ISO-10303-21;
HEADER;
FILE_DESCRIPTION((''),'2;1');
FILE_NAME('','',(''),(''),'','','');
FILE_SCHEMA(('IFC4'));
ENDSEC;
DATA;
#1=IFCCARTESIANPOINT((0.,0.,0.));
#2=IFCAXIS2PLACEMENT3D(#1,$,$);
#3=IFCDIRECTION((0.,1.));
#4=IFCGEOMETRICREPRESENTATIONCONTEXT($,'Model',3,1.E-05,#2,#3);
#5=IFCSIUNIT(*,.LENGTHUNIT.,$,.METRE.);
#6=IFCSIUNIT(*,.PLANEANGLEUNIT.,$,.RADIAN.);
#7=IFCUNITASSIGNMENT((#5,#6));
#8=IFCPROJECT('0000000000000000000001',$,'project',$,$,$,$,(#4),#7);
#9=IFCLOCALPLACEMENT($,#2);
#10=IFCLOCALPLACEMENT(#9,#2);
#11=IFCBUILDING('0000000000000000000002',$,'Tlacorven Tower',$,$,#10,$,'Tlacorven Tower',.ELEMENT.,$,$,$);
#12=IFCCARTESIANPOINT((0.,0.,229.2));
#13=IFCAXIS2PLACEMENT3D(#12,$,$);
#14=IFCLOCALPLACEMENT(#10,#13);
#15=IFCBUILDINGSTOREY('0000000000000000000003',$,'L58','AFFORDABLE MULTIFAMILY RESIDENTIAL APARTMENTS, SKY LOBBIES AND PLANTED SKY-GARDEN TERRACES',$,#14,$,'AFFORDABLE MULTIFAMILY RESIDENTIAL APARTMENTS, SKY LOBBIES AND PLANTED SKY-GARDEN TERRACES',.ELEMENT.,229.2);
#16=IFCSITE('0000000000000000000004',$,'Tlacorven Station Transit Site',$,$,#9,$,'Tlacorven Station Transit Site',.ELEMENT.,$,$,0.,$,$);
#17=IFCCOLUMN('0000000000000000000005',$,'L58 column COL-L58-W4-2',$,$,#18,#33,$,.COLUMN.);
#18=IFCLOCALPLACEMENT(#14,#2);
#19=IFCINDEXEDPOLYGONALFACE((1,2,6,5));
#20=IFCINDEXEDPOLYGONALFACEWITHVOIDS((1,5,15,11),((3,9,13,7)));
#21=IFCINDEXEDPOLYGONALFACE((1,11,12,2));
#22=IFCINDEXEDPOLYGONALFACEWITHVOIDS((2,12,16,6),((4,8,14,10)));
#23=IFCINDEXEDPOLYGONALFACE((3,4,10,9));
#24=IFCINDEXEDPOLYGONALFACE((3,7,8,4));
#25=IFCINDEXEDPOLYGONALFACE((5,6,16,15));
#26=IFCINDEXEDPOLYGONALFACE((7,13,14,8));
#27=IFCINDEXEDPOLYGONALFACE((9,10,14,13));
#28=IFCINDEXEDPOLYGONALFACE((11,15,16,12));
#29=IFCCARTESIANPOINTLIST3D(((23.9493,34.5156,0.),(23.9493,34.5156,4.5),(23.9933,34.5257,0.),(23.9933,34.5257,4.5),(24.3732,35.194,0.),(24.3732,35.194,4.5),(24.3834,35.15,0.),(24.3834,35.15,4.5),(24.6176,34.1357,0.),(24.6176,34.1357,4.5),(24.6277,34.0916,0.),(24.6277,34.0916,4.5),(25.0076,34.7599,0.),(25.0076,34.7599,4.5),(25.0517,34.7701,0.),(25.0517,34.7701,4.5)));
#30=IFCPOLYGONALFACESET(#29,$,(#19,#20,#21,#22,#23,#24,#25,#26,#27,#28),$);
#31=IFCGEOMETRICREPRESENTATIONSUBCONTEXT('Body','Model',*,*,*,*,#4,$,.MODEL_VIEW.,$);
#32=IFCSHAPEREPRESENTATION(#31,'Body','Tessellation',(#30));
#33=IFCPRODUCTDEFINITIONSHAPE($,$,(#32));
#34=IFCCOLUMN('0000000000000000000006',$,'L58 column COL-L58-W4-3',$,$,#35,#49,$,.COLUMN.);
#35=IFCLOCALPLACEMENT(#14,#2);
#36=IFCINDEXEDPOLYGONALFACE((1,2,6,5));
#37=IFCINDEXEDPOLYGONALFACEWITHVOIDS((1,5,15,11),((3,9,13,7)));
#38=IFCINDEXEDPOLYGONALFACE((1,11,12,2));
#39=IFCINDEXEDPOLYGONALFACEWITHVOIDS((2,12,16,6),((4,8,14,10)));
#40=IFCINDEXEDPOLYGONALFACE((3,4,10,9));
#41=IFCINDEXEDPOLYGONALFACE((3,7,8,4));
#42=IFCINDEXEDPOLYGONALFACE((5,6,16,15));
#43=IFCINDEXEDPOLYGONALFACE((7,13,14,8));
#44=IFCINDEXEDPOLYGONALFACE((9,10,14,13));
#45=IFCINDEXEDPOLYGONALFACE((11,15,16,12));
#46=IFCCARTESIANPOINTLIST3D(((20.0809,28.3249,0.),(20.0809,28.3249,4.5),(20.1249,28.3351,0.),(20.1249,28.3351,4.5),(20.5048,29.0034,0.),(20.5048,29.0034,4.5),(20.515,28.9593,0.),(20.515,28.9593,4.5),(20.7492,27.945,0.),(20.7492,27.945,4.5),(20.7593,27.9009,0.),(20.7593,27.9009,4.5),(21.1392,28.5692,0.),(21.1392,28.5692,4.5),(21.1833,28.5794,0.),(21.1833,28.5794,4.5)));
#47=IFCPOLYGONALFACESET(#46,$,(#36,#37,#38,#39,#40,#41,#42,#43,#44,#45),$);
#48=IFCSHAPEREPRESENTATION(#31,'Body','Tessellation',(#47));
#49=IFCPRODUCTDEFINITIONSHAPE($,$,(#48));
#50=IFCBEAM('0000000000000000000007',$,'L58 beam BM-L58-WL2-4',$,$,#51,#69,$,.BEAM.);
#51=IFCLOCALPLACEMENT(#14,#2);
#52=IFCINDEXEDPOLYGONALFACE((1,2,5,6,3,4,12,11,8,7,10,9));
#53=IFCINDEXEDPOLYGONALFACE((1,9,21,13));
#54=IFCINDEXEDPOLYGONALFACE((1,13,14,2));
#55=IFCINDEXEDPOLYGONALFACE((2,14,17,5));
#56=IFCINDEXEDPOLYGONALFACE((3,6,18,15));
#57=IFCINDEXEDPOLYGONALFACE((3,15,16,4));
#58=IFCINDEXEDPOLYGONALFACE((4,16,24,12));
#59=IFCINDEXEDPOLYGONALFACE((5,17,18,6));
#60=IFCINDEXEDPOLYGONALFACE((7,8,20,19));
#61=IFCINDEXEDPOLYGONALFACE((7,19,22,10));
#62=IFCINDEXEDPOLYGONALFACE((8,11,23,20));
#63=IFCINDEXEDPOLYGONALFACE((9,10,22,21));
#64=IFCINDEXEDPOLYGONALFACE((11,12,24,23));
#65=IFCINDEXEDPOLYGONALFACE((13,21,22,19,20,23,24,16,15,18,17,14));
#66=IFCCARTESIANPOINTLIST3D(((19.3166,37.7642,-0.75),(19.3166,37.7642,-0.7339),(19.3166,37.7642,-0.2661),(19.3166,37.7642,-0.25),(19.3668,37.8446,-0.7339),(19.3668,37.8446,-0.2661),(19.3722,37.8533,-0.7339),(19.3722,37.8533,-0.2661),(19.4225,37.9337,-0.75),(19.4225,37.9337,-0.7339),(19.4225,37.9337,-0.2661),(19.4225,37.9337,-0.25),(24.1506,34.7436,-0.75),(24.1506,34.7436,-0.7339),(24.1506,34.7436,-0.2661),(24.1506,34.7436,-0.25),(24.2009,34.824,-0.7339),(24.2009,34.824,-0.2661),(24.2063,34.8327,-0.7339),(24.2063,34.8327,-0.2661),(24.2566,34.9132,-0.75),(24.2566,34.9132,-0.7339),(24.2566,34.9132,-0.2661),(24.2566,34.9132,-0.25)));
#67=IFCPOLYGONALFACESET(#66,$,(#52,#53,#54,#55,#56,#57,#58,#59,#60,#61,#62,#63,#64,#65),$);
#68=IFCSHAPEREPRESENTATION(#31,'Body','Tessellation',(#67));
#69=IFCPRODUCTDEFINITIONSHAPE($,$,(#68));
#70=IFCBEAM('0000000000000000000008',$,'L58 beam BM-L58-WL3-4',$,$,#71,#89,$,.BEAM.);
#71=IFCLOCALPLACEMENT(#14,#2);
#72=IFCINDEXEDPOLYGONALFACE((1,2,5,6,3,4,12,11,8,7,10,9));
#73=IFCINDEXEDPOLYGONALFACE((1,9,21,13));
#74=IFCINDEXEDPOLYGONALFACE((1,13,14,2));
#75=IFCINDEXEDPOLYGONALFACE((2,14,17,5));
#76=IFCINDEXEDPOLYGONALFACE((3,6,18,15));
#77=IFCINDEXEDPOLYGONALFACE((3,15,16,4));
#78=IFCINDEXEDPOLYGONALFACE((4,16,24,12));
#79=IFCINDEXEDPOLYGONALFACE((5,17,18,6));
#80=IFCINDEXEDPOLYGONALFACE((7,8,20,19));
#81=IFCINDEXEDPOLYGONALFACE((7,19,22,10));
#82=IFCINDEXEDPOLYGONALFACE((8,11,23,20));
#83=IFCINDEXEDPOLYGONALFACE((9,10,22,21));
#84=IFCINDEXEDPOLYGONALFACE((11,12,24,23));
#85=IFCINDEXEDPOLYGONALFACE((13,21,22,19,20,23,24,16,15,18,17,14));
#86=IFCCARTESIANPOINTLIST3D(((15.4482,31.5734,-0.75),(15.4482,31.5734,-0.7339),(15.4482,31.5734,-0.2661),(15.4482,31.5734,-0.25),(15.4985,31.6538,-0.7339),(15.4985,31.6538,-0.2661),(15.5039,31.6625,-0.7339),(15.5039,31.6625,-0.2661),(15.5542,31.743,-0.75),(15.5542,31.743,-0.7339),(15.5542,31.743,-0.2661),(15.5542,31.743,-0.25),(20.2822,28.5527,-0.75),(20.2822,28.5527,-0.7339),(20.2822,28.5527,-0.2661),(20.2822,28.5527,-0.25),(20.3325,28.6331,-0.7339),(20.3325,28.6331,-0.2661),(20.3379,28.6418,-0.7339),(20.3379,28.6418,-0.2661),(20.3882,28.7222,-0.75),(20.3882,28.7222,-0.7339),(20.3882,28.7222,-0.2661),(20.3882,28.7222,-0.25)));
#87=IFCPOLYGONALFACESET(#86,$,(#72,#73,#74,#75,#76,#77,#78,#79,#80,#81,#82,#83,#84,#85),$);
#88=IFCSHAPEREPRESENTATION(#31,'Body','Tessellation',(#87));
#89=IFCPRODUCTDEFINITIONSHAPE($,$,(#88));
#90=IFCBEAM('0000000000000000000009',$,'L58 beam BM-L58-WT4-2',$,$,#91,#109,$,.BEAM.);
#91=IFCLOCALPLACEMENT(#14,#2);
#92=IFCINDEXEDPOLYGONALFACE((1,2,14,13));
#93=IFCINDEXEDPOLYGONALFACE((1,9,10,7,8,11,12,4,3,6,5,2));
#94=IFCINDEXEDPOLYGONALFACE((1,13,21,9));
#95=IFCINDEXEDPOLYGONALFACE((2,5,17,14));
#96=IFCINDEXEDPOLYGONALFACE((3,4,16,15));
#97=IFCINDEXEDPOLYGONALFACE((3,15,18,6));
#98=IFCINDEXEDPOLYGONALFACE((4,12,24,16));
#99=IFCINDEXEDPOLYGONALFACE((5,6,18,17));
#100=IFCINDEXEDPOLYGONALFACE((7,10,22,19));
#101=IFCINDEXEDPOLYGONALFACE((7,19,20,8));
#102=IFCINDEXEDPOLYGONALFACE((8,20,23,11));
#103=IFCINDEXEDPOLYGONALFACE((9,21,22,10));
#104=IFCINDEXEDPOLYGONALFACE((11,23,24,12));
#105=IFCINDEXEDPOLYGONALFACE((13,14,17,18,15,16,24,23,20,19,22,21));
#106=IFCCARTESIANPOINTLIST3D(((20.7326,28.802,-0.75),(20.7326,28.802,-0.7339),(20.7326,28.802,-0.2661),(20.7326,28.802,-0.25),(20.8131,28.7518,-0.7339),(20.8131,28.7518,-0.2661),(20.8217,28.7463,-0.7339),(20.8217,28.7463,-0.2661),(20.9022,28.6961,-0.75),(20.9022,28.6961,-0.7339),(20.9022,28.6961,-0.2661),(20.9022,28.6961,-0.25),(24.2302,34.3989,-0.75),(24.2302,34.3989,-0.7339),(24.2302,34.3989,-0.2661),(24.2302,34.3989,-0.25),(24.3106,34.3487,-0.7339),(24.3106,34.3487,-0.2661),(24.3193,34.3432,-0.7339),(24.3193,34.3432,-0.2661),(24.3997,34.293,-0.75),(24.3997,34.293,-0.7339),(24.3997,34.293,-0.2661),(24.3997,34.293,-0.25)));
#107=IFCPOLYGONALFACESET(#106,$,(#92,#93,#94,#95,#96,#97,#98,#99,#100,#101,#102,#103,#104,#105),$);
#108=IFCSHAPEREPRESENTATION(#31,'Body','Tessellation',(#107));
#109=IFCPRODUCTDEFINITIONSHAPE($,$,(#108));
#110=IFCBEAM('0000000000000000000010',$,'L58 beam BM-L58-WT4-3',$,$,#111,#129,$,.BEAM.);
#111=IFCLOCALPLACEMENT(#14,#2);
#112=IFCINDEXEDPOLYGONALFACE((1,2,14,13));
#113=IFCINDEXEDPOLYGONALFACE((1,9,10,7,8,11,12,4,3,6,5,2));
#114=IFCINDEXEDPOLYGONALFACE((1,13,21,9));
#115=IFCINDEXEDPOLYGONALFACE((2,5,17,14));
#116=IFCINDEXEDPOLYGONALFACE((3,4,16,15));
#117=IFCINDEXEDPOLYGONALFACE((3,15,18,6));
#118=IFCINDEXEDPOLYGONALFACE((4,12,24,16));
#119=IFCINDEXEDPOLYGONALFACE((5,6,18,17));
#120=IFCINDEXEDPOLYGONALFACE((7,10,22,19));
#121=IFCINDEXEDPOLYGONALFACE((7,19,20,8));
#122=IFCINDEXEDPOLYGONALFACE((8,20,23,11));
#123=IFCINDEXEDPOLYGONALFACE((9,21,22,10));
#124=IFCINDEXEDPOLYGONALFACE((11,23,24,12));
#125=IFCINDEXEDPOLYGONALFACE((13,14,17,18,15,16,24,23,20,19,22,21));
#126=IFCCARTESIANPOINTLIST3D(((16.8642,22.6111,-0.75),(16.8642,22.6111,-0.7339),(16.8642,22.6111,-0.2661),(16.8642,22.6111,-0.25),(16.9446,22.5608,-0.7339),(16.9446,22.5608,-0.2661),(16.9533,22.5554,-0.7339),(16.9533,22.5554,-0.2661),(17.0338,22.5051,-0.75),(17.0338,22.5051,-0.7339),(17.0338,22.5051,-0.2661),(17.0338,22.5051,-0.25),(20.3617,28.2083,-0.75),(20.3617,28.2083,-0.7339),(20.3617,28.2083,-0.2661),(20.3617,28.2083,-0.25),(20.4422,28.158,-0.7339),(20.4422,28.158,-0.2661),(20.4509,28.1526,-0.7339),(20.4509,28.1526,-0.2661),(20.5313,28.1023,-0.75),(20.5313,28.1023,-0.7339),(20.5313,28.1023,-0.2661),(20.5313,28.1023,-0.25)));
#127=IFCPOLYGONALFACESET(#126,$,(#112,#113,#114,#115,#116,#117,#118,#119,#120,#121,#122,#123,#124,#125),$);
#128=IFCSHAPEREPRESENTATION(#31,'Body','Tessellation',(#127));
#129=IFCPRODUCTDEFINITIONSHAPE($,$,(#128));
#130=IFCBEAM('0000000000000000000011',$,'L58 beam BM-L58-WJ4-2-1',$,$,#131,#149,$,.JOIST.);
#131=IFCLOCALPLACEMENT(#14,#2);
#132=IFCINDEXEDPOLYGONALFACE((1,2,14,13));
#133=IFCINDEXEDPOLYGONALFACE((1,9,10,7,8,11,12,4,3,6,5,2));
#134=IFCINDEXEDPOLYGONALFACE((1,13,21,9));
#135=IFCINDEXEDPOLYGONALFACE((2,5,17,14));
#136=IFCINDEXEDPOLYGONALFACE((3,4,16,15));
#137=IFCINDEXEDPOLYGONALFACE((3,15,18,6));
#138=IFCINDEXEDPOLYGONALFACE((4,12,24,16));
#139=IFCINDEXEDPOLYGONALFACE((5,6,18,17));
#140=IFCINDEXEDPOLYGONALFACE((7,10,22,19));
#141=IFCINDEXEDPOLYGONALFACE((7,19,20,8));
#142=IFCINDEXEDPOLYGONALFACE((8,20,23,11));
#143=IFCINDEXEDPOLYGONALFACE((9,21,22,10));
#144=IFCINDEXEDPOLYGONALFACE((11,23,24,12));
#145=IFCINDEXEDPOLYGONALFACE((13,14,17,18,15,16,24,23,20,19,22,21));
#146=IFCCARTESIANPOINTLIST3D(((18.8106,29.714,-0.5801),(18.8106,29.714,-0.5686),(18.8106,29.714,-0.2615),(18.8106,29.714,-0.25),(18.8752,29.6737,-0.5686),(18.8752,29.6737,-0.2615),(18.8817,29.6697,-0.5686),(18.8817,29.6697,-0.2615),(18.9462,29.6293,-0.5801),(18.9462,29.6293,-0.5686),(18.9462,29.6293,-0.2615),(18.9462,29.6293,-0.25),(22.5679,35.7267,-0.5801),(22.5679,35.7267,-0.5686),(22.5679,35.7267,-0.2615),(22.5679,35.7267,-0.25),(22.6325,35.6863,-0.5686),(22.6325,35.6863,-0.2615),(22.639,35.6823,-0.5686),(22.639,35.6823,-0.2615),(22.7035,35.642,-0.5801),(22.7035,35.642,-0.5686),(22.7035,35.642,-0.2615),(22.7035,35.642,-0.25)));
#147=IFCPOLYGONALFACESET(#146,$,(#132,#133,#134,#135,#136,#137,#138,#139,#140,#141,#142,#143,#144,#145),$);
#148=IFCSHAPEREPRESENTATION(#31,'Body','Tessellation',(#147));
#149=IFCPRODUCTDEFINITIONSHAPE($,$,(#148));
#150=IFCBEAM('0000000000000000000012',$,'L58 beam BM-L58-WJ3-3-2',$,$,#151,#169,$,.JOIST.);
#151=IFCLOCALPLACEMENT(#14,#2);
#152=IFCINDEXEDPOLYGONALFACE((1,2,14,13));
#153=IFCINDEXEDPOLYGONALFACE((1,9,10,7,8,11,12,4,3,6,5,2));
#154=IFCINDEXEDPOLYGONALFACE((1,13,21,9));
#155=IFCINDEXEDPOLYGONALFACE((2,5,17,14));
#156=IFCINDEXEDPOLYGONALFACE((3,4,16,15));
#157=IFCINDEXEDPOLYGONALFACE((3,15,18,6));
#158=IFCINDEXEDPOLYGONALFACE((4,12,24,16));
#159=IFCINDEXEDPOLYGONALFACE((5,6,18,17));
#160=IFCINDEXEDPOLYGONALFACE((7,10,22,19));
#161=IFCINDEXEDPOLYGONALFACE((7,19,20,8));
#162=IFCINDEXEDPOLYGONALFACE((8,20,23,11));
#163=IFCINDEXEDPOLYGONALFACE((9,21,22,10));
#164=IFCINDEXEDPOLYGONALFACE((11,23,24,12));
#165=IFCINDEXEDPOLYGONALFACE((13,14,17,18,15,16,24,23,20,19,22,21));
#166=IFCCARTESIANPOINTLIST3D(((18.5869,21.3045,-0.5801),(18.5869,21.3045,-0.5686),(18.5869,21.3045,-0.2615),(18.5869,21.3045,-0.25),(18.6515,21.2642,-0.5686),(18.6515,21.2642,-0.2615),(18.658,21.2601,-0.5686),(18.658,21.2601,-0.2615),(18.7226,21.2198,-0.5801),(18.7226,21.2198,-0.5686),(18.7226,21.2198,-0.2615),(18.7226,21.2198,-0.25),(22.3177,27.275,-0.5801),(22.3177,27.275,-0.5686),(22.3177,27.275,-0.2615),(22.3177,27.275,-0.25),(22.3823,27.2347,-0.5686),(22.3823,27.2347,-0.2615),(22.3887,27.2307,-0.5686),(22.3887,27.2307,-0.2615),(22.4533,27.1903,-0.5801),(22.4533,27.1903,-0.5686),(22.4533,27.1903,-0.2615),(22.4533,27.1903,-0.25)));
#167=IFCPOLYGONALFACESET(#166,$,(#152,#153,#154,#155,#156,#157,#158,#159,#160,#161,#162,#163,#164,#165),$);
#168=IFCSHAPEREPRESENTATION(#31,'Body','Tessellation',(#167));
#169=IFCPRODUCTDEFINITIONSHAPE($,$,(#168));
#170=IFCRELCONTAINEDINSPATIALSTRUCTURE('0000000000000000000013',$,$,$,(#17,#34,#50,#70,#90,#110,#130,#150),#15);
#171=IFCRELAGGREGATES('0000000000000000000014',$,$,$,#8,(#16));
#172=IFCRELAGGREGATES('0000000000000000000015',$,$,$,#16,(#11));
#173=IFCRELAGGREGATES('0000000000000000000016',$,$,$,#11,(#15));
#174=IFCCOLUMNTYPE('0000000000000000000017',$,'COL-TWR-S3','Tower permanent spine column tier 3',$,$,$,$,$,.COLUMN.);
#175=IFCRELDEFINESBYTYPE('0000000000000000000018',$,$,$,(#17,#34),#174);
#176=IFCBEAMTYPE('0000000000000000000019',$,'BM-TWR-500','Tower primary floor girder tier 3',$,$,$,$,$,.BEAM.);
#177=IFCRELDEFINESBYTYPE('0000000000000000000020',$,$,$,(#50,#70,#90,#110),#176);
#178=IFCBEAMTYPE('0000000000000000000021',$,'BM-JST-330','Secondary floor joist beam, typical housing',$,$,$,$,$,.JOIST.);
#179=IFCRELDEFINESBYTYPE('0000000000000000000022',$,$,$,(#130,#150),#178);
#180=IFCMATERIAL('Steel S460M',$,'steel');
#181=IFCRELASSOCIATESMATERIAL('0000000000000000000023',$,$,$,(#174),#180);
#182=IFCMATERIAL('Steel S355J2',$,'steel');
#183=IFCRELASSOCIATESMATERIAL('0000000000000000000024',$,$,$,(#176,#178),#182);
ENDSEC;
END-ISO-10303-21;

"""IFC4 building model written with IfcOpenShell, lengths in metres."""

from ifc_helpers import new_model, si_unit, direction, frame, origin, origin_2d, place, context, subcontext, project, spatial, hollow_rectangle, i_section, extrude, source, transform, mapped, material, material_profile, profile_set, type_object, element, save


model = new_model("IFC4")

# Units and contexts
model_context = context("Model", 3, precision=1e-05, world=origin(), true_north=direction((0.0, 1.0)))
body_context = subcontext(model_context, "Body", "Model", "MODEL_VIEW")
ifc_project = project(units=[si_unit("LENGTHUNIT", "METRE"), si_unit("PLANEANGLEUNIT", "RADIAN")], contexts=[model_context])

# Site, building, storey
site_placement = place(None, origin())
site = spatial("IfcSite", under=ifc_project, at=site_placement, Name="Tlacorven Station Transit Site", LongName="Tlacorven Station Transit Site", CompositionType="ELEMENT", RefElevation=0.0)
building_placement = place(site_placement, origin())
building = spatial("IfcBuilding", under=site, at=building_placement, Name="Tlacorven Tower", LongName="Tlacorven Tower", CompositionType="ELEMENT")
storey_placement = place(building_placement, frame((0.0, 0.0, 229.2)))
storey = spatial("IfcBuildingStorey", under=building, at=storey_placement, Name="L58", Description="AFFORDABLE MULTIFAMILY RESIDENTIAL APARTMENTS, SKY LOBBIES AND PLANTED SKY-GARDEN TERRACES", LongName="AFFORDABLE MULTIFAMILY RESIDENTIAL APARTMENTS, SKY LOBBIES AND PLANTED SKY-GARDEN TERRACES", CompositionType="ELEMENT", Elevation=229.2)

# Columns
ifc_material_1 = material(Name="Steel S460M", Category="steel")
ifc_material_profile_1 = material_profile(ifc_material_1, hollow_rectangle(XDim=0.8, YDim=0.8, WallThickness=0.032, at=origin_2d()), Name="BOX 800X800X32")
ifc_profile_set_1 = profile_set([ifc_material_profile_1], Name="Steel S460M")
column_type = type_object("IfcColumnType", Name="COL-TWR-S3", Description="Tower permanent spine column tier 3", PredefinedType="COLUMN", material=ifc_profile_set_1)
shared_shape_1 = source(origin(), body_context, "Body", "SweptSolid", [
    extrude(hollow_rectangle(XDim=0.8, YDim=0.8, WallThickness=0.032, at=origin_2d()), origin(), (0.0, 0.0, 1.0), 4.5),
])
for number, where, z_axis, x_axis, name in (
    (1, (24.5005, 34.6428, 0.0), (0.0, 0.0, 1.0), (-0.848048, 0.529919, 0.0), "L58 column COL-L58-W4-2"),
    (2, (20.6321, 28.4521, 0.0), (0.0, 0.0, 1.0), (-0.848048, 0.529919, 0.0), "L58 column COL-L58-W4-3"),
):
    element("IfcColumn", number, at=place(storey_placement, frame(where, z_axis=z_axis, x_axis=x_axis)), inside=storey, type_object=column_type, Name=name, PredefinedType="COLUMN", context=body_context, shape_type="MappedRepresentation", body=[
        mapped(shared_shape_1, transform((0.0, 0.0, 0.0), scale=1.0)),
    ])

# Beams
ifc_material_2 = material(Name="Steel S355J2", Category="steel")
ifc_material_profile_2 = material_profile(ifc_material_2, i_section(OverallWidth=0.2, OverallDepth=0.5, WebThickness=0.0103, FlangeThickness=0.0161, at=origin_2d()), Name="IPE 500")
ifc_profile_set_2 = profile_set([ifc_material_profile_2], Name="Steel S355J2")
beam_type_1 = type_object("IfcBeamType", Name="BM-TWR-500", Description="Tower primary floor girder tier 3", PredefinedType="BEAM", material=ifc_profile_set_2)
shared_shape_2 = source(origin(), body_context, "Body", "SweptSolid", [
    extrude(i_section(OverallWidth=0.2, OverallDepth=0.5, WebThickness=0.0103, FlangeThickness=0.0161, at=origin_2d()), origin(), (0.0, 0.0, 1.0), 5.7002),
])
for number, where, z_axis, x_axis, name in (
    (3, (24.2036, 34.8284, -0.5), (-0.848056, 0.529907, 0.0), (-0.529907, -0.848056, 0.0), "L58 beam BM-L58-WL2-4"),
    (4, (20.3352, 28.6375, -0.5), (-0.848037, 0.529937, 0.0), (-0.529937, -0.848037, 0.0), "L58 beam BM-L58-WL3-4"),
):
    element("IfcBeam", number, at=place(storey_placement, frame(where, z_axis=z_axis, x_axis=x_axis)), inside=storey, type_object=beam_type_1, Name=name, PredefinedType="BEAM", context=body_context, shape_type="MappedRepresentation", body=[
        mapped(shared_shape_2, transform((0.0, 0.0, 0.0), scale=1.0)),
    ])
shared_shape_3 = source(origin(), body_context, "Body", "SweptSolid", [
    extrude(i_section(OverallWidth=0.2, OverallDepth=0.5, WebThickness=0.0103, FlangeThickness=0.0161, at=origin_2d()), origin(), (0.0, 0.0, 1.0), 6.5999),
])
beam_1_placement = place(storey_placement, frame((24.3149, 34.3459, -0.5), z_axis=(-0.529942, -0.848034, 0.0), x_axis=(0.848034, -0.529942, 0.0)))
element("IfcBeam", 5, at=beam_1_placement, inside=storey, type_object=beam_type_1, Name="L58 beam BM-L58-WT4-2", PredefinedType="BEAM", context=body_context, shape_type="MappedRepresentation", body=[
    mapped(shared_shape_3, transform((0.0, 0.0, 0.0), scale=1.0)),
])
shared_shape_4 = source(origin(), body_context, "Body", "SweptSolid", [
    extrude(i_section(OverallWidth=0.2, OverallDepth=0.5, WebThickness=0.0103, FlangeThickness=0.0161, at=origin_2d()), origin(), (0.0, 0.0, 1.0), 6.6001),
])
beam_2_placement = place(storey_placement, frame((20.4465, 28.1553, -0.5), z_axis=(-0.529926, -0.848044, 0.0), x_axis=(0.848044, -0.529926, 0.0)))
element("IfcBeam", 6, at=beam_2_placement, inside=storey, type_object=beam_type_1, Name="L58 beam BM-L58-WT4-3", PredefinedType="BEAM", context=body_context, shape_type="MappedRepresentation", body=[
    mapped(shared_shape_4, transform((0.0, 0.0, 0.0), scale=1.0)),
])
ifc_material_profile_3 = material_profile(ifc_material_2, i_section(OverallWidth=0.1599, OverallDepth=0.3301, WebThickness=0.0076, FlangeThickness=0.0115, at=origin_2d()), Name="IPE 330")
ifc_profile_set_3 = profile_set([ifc_material_profile_3], Name="Steel S355J2")
beam_type_2 = type_object("IfcBeamType", Name="BM-JST-330", Description="Secondary floor joist beam, typical housing", PredefinedType="JOIST", material=ifc_profile_set_3)
shared_shape_5 = source(origin(), body_context, "Body", "SweptSolid", [
    extrude(i_section(OverallWidth=0.1599, OverallDepth=0.3301, WebThickness=0.0076, FlangeThickness=0.0115, at=origin_2d()), origin(), (0.0, 0.0, 1.0), 7.0901),
])
beam_3_placement = place(storey_placement, frame((22.6357, 35.6843, -0.415), z_axis=(-0.529937, -0.848037, 0.0), x_axis=(0.848037, -0.529937, 0.0)))
element("IfcBeam", 7, at=beam_3_placement, inside=storey, type_object=beam_type_2, Name="L58 beam BM-L58-WJ4-2-1", PredefinedType="JOIST", context=body_context, shape_type="MappedRepresentation", body=[
    mapped(shared_shape_5, transform((0.0, 0.0, 0.0), scale=1.0)),
])
shared_shape_6 = source(origin(), body_context, "Body", "SweptSolid", [
    extrude(i_section(OverallWidth=0.1599, OverallDepth=0.3301, WebThickness=0.0076, FlangeThickness=0.0115, at=origin_2d()), origin(), (0.0, 0.0, 1.0), 7.0403),
])
beam_4_placement = place(storey_placement, frame((22.3855, 27.2327, -0.415), z_axis=(-0.529915, -0.848051, 0.0), x_axis=(0.848051, -0.529915, 0.0)))
element("IfcBeam", 8, at=beam_4_placement, inside=storey, type_object=beam_type_2, Name="L58 beam BM-L58-WJ3-3-2", PredefinedType="JOIST", context=body_context, shape_type="MappedRepresentation", body=[
    mapped(shared_shape_6, transform((0.0, 0.0, 0.0), scale=1.0)),
])

save(model, "model.ifc")
